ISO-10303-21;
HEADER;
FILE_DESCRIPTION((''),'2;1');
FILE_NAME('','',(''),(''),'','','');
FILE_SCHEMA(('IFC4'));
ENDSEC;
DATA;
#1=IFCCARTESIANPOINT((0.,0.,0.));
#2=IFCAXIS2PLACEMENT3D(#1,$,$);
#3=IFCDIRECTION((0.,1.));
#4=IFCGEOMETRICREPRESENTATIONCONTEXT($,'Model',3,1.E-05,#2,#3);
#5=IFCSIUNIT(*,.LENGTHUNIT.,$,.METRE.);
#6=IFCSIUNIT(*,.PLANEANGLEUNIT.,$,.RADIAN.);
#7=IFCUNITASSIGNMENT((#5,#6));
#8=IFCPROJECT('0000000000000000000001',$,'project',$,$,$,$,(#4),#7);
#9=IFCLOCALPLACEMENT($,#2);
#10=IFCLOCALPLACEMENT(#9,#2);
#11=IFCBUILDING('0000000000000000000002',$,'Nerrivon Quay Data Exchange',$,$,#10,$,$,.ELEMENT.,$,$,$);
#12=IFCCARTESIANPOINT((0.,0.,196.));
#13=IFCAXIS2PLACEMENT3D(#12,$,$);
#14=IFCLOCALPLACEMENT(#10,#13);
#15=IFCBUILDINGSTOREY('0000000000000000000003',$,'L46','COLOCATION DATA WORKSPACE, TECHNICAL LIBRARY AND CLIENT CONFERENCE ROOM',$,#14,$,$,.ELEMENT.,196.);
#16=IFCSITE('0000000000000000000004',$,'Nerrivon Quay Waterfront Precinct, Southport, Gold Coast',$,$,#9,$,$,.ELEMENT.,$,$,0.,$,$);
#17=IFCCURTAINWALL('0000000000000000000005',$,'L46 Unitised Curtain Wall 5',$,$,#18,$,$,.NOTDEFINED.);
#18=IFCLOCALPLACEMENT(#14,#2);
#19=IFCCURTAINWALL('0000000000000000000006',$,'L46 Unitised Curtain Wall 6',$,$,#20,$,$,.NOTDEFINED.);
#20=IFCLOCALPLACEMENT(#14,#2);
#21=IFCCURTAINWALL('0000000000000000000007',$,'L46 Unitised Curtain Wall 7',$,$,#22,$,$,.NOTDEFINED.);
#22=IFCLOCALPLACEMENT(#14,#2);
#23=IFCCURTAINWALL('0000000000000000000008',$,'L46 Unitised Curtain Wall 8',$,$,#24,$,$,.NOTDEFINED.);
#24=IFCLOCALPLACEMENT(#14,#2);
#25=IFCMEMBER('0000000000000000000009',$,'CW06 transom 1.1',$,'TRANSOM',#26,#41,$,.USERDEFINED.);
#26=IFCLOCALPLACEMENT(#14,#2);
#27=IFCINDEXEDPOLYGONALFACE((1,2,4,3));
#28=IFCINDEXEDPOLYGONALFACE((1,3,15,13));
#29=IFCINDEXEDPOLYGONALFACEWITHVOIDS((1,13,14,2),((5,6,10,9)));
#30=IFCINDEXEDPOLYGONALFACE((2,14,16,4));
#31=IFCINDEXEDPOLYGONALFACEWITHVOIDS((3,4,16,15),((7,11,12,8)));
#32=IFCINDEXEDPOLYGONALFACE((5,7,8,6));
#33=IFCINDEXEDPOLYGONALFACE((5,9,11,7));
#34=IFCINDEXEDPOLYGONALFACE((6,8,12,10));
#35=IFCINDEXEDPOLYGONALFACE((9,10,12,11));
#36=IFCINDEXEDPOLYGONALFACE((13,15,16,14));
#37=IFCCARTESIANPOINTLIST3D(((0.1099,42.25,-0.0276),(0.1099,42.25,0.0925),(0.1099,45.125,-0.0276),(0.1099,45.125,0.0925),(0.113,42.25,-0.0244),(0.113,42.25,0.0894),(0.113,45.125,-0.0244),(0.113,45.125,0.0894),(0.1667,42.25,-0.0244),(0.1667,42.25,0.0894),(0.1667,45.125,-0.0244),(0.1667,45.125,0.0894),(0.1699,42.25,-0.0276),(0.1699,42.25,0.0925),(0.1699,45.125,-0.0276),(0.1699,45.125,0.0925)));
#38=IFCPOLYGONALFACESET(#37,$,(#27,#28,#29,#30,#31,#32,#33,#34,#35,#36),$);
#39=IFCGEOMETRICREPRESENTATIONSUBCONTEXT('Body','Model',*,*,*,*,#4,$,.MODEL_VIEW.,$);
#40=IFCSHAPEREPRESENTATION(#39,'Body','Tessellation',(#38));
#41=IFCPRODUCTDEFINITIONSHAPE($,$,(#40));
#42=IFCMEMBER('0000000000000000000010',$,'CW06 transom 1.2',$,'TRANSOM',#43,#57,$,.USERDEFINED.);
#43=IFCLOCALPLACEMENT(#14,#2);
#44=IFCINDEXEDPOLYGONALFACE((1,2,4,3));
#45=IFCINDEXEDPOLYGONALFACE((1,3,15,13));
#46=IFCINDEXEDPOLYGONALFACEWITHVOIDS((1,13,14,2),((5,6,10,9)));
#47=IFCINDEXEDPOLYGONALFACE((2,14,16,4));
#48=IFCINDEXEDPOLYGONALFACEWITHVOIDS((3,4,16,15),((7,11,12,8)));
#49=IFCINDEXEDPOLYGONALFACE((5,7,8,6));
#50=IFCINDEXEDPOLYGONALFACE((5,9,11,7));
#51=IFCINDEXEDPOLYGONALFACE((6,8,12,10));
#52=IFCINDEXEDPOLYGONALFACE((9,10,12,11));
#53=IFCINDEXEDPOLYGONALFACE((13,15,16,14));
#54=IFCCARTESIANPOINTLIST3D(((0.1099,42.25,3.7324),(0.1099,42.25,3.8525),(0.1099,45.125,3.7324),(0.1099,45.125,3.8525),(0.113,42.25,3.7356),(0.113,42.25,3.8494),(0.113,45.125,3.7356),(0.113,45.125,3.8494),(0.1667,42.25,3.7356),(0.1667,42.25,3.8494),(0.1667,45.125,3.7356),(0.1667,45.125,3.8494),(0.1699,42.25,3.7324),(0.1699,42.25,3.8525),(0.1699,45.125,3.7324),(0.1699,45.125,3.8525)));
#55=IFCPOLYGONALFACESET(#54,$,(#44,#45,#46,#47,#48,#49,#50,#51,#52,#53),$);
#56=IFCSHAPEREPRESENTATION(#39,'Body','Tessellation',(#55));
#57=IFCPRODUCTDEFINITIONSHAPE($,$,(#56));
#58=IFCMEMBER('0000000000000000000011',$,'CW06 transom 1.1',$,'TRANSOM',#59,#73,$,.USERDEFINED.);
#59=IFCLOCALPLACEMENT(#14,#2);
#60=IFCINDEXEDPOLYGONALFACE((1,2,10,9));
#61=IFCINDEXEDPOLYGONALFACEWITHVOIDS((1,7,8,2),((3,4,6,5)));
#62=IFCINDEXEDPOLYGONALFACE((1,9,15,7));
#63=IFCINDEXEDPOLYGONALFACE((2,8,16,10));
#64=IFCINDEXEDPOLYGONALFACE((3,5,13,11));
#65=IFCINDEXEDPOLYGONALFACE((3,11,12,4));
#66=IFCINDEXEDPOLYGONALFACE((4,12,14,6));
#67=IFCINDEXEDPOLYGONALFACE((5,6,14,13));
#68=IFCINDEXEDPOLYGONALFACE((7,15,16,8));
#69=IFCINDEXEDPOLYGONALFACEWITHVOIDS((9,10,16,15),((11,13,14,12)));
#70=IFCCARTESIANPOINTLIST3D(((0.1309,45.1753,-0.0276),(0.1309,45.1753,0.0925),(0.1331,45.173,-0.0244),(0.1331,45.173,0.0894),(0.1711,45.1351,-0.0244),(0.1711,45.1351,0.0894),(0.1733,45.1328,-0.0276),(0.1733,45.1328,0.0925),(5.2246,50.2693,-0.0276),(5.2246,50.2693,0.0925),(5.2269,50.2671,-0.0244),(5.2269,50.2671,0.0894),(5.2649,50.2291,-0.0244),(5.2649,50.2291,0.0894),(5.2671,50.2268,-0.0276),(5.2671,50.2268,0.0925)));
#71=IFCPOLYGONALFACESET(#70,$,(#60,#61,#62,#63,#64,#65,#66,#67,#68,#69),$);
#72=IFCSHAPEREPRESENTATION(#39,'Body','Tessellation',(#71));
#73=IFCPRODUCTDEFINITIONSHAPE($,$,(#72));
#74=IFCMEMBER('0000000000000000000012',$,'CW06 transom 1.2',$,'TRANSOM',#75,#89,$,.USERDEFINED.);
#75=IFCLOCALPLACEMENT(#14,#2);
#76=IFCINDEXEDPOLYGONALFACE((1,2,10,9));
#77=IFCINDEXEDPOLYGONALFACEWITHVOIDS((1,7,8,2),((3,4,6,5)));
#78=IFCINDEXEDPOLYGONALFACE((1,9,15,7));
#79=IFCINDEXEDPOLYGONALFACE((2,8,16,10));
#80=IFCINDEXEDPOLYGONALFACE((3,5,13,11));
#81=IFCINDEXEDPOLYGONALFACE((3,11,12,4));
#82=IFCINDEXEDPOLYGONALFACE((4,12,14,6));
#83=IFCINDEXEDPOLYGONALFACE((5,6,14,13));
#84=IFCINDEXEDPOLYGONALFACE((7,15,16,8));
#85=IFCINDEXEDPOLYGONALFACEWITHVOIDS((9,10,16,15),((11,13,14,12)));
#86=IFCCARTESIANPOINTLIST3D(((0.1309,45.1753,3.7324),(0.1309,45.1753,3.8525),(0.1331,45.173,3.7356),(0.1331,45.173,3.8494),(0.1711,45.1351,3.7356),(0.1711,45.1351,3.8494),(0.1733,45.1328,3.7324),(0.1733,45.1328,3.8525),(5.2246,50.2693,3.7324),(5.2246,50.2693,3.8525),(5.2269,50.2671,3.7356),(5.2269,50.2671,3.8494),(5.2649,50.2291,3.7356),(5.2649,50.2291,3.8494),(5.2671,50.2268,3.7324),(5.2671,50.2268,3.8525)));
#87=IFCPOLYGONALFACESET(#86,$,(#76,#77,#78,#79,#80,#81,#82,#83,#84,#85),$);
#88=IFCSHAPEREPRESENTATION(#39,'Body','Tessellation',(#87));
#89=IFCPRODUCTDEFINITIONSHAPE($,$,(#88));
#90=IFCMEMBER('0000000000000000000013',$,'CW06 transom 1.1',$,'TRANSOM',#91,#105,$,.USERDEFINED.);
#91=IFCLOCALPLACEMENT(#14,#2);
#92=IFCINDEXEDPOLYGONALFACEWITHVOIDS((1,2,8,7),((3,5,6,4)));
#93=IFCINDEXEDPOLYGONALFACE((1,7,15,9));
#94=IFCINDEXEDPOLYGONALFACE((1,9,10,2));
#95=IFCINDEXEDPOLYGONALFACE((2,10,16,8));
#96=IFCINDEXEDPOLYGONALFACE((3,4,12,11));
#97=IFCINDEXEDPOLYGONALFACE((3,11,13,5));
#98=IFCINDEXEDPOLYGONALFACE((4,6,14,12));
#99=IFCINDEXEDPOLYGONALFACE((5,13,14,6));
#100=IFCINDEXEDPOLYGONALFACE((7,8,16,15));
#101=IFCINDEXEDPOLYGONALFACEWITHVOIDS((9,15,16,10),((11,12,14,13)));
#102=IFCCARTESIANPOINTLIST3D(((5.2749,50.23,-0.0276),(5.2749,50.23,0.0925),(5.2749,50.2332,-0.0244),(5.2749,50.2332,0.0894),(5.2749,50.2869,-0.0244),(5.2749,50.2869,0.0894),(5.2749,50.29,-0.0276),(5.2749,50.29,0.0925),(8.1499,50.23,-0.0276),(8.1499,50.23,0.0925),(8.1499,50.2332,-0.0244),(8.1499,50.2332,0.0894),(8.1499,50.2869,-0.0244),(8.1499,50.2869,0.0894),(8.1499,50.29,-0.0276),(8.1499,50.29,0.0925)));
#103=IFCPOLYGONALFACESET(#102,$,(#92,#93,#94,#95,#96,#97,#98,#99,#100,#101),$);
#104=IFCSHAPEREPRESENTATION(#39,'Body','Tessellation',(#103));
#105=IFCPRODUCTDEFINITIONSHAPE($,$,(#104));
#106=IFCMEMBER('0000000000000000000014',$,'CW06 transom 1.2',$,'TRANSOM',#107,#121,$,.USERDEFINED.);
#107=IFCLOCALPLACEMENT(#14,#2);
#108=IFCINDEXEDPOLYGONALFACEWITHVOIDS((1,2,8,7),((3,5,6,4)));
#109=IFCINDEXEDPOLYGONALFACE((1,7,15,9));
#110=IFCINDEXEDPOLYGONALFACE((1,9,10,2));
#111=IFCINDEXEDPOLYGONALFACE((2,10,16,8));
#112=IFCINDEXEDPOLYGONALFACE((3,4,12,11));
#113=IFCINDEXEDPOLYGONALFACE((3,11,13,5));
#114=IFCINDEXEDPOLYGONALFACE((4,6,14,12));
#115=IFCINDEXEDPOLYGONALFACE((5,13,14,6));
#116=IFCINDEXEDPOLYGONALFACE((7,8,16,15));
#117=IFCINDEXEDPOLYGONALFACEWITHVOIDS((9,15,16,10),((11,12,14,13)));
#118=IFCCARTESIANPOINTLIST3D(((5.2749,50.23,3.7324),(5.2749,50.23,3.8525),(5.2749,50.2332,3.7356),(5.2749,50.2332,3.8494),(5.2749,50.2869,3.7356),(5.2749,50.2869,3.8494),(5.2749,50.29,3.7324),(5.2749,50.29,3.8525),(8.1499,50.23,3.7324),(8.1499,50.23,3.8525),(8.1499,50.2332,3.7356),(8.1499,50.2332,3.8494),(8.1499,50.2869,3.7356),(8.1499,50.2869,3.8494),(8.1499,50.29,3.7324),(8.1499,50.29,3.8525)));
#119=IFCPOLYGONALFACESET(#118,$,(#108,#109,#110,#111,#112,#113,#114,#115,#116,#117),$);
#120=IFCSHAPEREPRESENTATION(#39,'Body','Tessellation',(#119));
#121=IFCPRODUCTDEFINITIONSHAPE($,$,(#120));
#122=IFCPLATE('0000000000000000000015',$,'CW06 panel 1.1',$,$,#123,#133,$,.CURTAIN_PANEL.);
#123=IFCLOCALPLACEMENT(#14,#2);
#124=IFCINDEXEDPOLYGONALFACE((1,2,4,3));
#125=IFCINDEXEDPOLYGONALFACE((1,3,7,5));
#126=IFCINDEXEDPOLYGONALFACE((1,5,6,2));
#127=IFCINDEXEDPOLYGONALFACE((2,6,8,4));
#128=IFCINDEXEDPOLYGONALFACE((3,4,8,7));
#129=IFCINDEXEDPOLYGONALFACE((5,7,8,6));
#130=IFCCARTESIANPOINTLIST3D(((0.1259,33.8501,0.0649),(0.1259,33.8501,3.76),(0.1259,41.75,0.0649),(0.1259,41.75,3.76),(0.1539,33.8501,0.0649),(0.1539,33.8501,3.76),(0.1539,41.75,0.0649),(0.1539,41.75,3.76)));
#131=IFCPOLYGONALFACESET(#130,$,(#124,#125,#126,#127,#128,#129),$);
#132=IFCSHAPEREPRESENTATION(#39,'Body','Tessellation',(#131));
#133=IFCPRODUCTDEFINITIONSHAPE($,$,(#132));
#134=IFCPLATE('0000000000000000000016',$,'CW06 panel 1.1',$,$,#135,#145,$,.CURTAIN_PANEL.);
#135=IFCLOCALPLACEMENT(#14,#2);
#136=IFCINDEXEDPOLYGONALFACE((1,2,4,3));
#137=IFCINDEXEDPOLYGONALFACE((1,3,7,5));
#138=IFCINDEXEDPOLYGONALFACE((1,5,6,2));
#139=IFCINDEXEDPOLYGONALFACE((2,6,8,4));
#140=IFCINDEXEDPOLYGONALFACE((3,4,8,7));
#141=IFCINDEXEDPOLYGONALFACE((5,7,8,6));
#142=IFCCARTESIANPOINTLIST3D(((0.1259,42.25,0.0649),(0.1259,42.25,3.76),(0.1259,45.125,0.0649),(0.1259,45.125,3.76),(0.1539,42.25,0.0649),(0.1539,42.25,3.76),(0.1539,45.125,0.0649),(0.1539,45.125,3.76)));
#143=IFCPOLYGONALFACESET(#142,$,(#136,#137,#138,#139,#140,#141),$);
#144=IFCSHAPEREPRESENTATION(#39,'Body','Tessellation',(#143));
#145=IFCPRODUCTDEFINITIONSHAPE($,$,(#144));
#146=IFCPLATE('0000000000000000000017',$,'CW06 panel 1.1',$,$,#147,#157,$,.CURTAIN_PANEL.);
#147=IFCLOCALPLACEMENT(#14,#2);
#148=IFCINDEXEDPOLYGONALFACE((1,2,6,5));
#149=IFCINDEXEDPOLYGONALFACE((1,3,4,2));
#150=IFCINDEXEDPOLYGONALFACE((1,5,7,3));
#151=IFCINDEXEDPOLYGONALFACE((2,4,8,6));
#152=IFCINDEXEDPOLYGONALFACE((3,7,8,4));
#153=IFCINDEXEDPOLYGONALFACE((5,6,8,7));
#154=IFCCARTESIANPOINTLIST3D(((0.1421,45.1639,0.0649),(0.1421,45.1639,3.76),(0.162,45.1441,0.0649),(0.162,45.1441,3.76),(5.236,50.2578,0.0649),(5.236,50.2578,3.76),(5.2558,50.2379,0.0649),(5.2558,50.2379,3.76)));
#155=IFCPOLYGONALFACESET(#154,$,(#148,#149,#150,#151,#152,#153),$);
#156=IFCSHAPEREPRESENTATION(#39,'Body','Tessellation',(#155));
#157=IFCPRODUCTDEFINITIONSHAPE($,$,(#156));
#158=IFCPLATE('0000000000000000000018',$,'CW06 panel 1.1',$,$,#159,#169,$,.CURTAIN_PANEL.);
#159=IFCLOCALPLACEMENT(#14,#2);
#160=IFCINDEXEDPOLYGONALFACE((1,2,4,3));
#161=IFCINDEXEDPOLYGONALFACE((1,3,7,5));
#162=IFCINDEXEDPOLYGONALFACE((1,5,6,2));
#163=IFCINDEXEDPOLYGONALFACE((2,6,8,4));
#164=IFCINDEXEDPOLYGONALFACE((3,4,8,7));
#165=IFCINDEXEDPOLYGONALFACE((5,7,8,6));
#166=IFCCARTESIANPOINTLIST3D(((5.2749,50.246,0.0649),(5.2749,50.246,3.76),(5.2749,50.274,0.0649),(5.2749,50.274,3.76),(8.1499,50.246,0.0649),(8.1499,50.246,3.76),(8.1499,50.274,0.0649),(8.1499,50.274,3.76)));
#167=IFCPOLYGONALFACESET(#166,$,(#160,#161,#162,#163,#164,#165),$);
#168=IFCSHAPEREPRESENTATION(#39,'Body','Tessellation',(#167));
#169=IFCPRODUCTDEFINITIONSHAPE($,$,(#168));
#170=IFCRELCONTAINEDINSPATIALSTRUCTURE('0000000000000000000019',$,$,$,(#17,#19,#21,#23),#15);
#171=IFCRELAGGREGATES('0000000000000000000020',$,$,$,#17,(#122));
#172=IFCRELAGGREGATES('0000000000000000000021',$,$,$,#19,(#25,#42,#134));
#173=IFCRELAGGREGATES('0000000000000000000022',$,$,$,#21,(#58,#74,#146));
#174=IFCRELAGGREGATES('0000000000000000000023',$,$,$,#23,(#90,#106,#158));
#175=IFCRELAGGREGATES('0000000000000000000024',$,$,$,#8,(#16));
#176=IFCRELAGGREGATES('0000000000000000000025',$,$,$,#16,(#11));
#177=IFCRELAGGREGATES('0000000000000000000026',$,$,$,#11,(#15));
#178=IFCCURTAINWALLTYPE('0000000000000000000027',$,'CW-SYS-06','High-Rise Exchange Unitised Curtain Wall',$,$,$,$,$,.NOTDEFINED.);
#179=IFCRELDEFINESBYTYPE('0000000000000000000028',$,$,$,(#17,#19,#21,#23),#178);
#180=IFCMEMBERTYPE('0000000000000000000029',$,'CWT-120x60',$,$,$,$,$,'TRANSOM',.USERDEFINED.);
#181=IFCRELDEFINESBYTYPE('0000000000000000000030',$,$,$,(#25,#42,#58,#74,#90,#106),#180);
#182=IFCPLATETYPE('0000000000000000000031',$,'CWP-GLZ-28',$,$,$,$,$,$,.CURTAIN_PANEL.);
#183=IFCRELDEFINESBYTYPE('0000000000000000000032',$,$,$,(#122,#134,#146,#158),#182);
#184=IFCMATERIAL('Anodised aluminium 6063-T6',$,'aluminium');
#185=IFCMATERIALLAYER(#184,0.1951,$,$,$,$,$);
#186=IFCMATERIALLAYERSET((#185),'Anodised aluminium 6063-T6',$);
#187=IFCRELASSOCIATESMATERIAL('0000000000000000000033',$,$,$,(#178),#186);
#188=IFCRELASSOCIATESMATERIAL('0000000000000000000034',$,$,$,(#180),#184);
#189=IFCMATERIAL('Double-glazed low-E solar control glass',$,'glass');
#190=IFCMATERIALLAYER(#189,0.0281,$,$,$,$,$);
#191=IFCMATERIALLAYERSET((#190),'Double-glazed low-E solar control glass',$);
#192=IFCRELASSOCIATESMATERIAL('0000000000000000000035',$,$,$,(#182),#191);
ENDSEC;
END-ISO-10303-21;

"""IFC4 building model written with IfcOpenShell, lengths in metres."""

from ifc_helpers import new_model, si_unit, direction, frame, origin, origin_2d, place, context, subcontext, project, spatial, rectangle, hollow_rectangle, extrude, material, layer, layer_set, material_profile, profile_set, type_object, element, aggregate, save


model = new_model("IFC4")

# Units and contexts
model_context = context("Model", 3, precision=1e-05, world=origin(), true_north=direction((0.0, 1.0)))
body_context = subcontext(model_context, "Body", "Model", "MODEL_VIEW")
ifc_project = project(units=[si_unit("LENGTHUNIT", "METRE"), si_unit("PLANEANGLEUNIT", "RADIAN")], contexts=[model_context])

# Site, building, storey
site_placement = place(None, origin())
site = spatial("IfcSite", under=ifc_project, at=site_placement, Name="Nerrivon Quay Waterfront Precinct, Southport, Gold Coast", CompositionType="ELEMENT", RefElevation=0.0)
building_placement = place(site_placement, origin())
building = spatial("IfcBuilding", under=site, at=building_placement, Name="Nerrivon Quay Data Exchange", CompositionType="ELEMENT")
storey_placement = place(building_placement, frame((0.0, 0.0, 196.0)))
storey = spatial("IfcBuildingStorey", under=building, at=storey_placement, Name="L46", Description="COLOCATION DATA WORKSPACE, TECHNICAL LIBRARY AND CLIENT CONFERENCE ROOM", CompositionType="ELEMENT", Elevation=196.0)

# Curtain wall
ifc_material_1 = material(Name="Anodised aluminium 6063-T6", Category="aluminium")
ifc_layer_1 = layer(ifc_material_1, 0.1951)
ifc_layer_set_1 = layer_set([ifc_layer_1], Name="Anodised aluminium 6063-T6")
curtain_wall_type = type_object("IfcCurtainWallType", Name="CW-SYS-06", Description="High-Rise Exchange Unitised Curtain Wall", PredefinedType="NOTDEFINED", material=ifc_layer_set_1)
curtain_wall_1_placement = place(storey_placement, origin())
curtain_wall_1 = element("IfcCurtainWall", 1, at=curtain_wall_1_placement, inside=storey, type_object=curtain_wall_type, Name="L46 Unitised Curtain Wall 5", PredefinedType="NOTDEFINED")

# Curtain walls
curtain_wall_2_placement = place(storey_placement, origin())
curtain_wall_2 = element("IfcCurtainWall", 2, at=curtain_wall_2_placement, inside=storey, type_object=curtain_wall_type, Name="L46 Unitised Curtain Wall 6", PredefinedType="NOTDEFINED")
curtain_wall_3_placement = place(storey_placement, origin())
curtain_wall_3 = element("IfcCurtainWall", 3, at=curtain_wall_3_placement, inside=storey, type_object=curtain_wall_type, Name="L46 Unitised Curtain Wall 7", PredefinedType="NOTDEFINED")

# Curtain wall
curtain_wall_4_placement = place(storey_placement, origin())
curtain_wall_4 = element("IfcCurtainWall", 4, at=curtain_wall_4_placement, inside=storey, type_object=curtain_wall_type, Name="L46 Unitised Curtain Wall 8", PredefinedType="NOTDEFINED")

# Members
ifc_material_profile_1 = material_profile(ifc_material_1, hollow_rectangle(XDim=0.0601, YDim=0.1201, WallThickness=0.0032, at=origin_2d()), Name="ALU-TRAN-120x60")
ifc_profile_set_1 = profile_set([ifc_material_profile_1], Name="Anodised aluminium 6063-T6")
member_type_1 = type_object("IfcMemberType", Name="CWT-120x60", ElementType="TRANSOM", PredefinedType="USERDEFINED", material=ifc_profile_set_1)
member_1_placement = place(storey_placement, frame((0.1399, 42.25, 0.0325), z_axis=(0.0, 1.0, 0.0), x_axis=(-1.0, 0.0, 0.0)))
member_1 = element("IfcMember", 5, at=member_1_placement, type_object=member_type_1, Name="CW06 transom 1.1", ObjectType="TRANSOM", PredefinedType="USERDEFINED", context=body_context, shape_type="SweptSolid", body=[
    extrude(hollow_rectangle(XDim=0.0601, YDim=0.1201, WallThickness=0.0032, at=origin_2d()), origin(), (0.0, 0.0, 1.0), 2.875),
])
member_2_placement = place(storey_placement, frame((0.1399, 42.25, 3.7925), z_axis=(0.0, 1.0, 0.0), x_axis=(-1.0, 0.0, 0.0)))
member_2 = element("IfcMember", 6, at=member_2_placement, type_object=member_type_1, Name="CW06 transom 1.2", ObjectType="TRANSOM", PredefinedType="USERDEFINED", context=body_context, shape_type="SweptSolid", body=[
    extrude(hollow_rectangle(XDim=0.0601, YDim=0.1201, WallThickness=0.0032, at=origin_2d()), origin(), (0.0, 0.0, 1.0), 2.875),
])
member_3_placement = place(storey_placement, frame((0.1521, 45.1541, 0.0325), z_axis=(0.70709, 0.707124, 0.0), x_axis=(-0.707124, 0.70709, 0.0)))
member_3 = element("IfcMember", 7, at=member_3_placement, type_object=member_type_1, Name="CW06 transom 1.1", ObjectType="TRANSOM", PredefinedType="USERDEFINED", context=body_context, shape_type="SweptSolid", body=[
    extrude(hollow_rectangle(XDim=0.0601, YDim=0.1201, WallThickness=0.0032, at=origin_2d()), origin(), (0.0, 0.0, 1.0), 7.2039),
])
member_4_placement = place(storey_placement, frame((0.1521, 45.1541, 3.7925), z_axis=(0.70709, 0.707124, 0.0), x_axis=(-0.707124, 0.70709, 0.0)))
member_4 = element("IfcMember", 8, at=member_4_placement, type_object=member_type_1, Name="CW06 transom 1.2", ObjectType="TRANSOM", PredefinedType="USERDEFINED", context=body_context, shape_type="SweptSolid", body=[
    extrude(hollow_rectangle(XDim=0.0601, YDim=0.1201, WallThickness=0.0032, at=origin_2d()), origin(), (0.0, 0.0, 1.0), 7.2039),
])
member_5_placement = place(storey_placement, frame((5.2749, 50.26, 0.0325), z_axis=(1.0, 0.0, 0.0), x_axis=(0.0, 1.0, 0.0)))
member_5 = element("IfcMember", 9, at=member_5_placement, type_object=member_type_1, Name="CW06 transom 1.1", ObjectType="TRANSOM", PredefinedType="USERDEFINED", context=body_context, shape_type="SweptSolid", body=[
    extrude(hollow_rectangle(XDim=0.0601, YDim=0.1201, WallThickness=0.0032, at=origin_2d()), origin(), (0.0, 0.0, 1.0), 2.875),
])
member_6_placement = place(storey_placement, frame((5.2749, 50.26, 3.7925), z_axis=(1.0, 0.0, 0.0), x_axis=(0.0, 1.0, 0.0)))
member_6 = element("IfcMember", 10, at=member_6_placement, type_object=member_type_1, Name="CW06 transom 1.2", ObjectType="TRANSOM", PredefinedType="USERDEFINED", context=body_context, shape_type="SweptSolid", body=[
    extrude(hollow_rectangle(XDim=0.0601, YDim=0.1201, WallThickness=0.0032, at=origin_2d()), origin(), (0.0, 0.0, 1.0), 2.875),
])

# Plates
ifc_material_2 = material(Name="Double-glazed low-E solar control glass", Category="glass")
ifc_layer_2 = layer(ifc_material_2, 0.0281)
ifc_layer_set_2 = layer_set([ifc_layer_2], Name="Double-glazed low-E solar control glass")
plate_type = type_object("IfcPlateType", Name="CWP-GLZ-28", PredefinedType="CURTAIN_PANEL", material=ifc_layer_set_2)
plate_1_placement = place(storey_placement, frame((0.1399, 37.8, 0.0649), z_axis=(0.0, 0.0, 1.0), x_axis=(0.0, 1.0, 0.0)))
plate_1 = element("IfcPlate", 11, at=plate_1_placement, type_object=plate_type, Name="CW06 panel 1.1", PredefinedType="CURTAIN_PANEL", context=body_context, shape_type="SweptSolid", body=[
    extrude(rectangle(XDim=7.8999, YDim=0.0281, at=origin_2d()), origin(), (0.0, 0.0, 1.0), 3.6951),
])
aggregate(curtain_wall_1, [plate_1])
plate_2_placement = place(storey_placement, frame((0.1399, 43.6875, 0.0649), z_axis=(0.0, 0.0, 1.0), x_axis=(0.0, 1.0, 0.0)))
plate_2 = element("IfcPlate", 12, at=plate_2_placement, type_object=plate_type, Name="CW06 panel 1.1", PredefinedType="CURTAIN_PANEL", context=body_context, shape_type="SweptSolid", body=[
    extrude(rectangle(XDim=2.875, YDim=0.0281, at=origin_2d()), origin(), (0.0, 0.0, 1.0), 3.6951),
])
aggregate(curtain_wall_2, [member_1, member_2, plate_2])
plate_3_placement = place(storey_placement, frame((2.699, 47.7009, 0.0649), z_axis=(0.0, 0.0, 1.0), x_axis=(0.707107, 0.707107, 0.0)))
plate_3 = element("IfcPlate", 13, at=plate_3_placement, type_object=plate_type, Name="CW06 panel 1.1", PredefinedType="CURTAIN_PANEL", context=body_context, shape_type="SweptSolid", body=[
    extrude(rectangle(XDim=7.2039, YDim=0.0281, at=origin_2d()), origin(), (0.0, 0.0, 1.0), 3.6951),
])
aggregate(curtain_wall_3, [member_3, member_4, plate_3])
plate_4_placement = place(storey_placement, frame((6.7124, 50.26, 0.0649), z_axis=(0.0, 0.0, 1.0), x_axis=(1.0, 0.0, 0.0)))
plate_4 = element("IfcPlate", 14, at=plate_4_placement, type_object=plate_type, Name="CW06 panel 1.1", PredefinedType="CURTAIN_PANEL", context=body_context, shape_type="SweptSolid", body=[
    extrude(rectangle(XDim=2.875, YDim=0.0281, at=origin_2d()), origin(), (0.0, 0.0, 1.0), 3.6951),
])
aggregate(curtain_wall_4, [member_5, member_6, plate_4])

save(model, "model.ifc")
